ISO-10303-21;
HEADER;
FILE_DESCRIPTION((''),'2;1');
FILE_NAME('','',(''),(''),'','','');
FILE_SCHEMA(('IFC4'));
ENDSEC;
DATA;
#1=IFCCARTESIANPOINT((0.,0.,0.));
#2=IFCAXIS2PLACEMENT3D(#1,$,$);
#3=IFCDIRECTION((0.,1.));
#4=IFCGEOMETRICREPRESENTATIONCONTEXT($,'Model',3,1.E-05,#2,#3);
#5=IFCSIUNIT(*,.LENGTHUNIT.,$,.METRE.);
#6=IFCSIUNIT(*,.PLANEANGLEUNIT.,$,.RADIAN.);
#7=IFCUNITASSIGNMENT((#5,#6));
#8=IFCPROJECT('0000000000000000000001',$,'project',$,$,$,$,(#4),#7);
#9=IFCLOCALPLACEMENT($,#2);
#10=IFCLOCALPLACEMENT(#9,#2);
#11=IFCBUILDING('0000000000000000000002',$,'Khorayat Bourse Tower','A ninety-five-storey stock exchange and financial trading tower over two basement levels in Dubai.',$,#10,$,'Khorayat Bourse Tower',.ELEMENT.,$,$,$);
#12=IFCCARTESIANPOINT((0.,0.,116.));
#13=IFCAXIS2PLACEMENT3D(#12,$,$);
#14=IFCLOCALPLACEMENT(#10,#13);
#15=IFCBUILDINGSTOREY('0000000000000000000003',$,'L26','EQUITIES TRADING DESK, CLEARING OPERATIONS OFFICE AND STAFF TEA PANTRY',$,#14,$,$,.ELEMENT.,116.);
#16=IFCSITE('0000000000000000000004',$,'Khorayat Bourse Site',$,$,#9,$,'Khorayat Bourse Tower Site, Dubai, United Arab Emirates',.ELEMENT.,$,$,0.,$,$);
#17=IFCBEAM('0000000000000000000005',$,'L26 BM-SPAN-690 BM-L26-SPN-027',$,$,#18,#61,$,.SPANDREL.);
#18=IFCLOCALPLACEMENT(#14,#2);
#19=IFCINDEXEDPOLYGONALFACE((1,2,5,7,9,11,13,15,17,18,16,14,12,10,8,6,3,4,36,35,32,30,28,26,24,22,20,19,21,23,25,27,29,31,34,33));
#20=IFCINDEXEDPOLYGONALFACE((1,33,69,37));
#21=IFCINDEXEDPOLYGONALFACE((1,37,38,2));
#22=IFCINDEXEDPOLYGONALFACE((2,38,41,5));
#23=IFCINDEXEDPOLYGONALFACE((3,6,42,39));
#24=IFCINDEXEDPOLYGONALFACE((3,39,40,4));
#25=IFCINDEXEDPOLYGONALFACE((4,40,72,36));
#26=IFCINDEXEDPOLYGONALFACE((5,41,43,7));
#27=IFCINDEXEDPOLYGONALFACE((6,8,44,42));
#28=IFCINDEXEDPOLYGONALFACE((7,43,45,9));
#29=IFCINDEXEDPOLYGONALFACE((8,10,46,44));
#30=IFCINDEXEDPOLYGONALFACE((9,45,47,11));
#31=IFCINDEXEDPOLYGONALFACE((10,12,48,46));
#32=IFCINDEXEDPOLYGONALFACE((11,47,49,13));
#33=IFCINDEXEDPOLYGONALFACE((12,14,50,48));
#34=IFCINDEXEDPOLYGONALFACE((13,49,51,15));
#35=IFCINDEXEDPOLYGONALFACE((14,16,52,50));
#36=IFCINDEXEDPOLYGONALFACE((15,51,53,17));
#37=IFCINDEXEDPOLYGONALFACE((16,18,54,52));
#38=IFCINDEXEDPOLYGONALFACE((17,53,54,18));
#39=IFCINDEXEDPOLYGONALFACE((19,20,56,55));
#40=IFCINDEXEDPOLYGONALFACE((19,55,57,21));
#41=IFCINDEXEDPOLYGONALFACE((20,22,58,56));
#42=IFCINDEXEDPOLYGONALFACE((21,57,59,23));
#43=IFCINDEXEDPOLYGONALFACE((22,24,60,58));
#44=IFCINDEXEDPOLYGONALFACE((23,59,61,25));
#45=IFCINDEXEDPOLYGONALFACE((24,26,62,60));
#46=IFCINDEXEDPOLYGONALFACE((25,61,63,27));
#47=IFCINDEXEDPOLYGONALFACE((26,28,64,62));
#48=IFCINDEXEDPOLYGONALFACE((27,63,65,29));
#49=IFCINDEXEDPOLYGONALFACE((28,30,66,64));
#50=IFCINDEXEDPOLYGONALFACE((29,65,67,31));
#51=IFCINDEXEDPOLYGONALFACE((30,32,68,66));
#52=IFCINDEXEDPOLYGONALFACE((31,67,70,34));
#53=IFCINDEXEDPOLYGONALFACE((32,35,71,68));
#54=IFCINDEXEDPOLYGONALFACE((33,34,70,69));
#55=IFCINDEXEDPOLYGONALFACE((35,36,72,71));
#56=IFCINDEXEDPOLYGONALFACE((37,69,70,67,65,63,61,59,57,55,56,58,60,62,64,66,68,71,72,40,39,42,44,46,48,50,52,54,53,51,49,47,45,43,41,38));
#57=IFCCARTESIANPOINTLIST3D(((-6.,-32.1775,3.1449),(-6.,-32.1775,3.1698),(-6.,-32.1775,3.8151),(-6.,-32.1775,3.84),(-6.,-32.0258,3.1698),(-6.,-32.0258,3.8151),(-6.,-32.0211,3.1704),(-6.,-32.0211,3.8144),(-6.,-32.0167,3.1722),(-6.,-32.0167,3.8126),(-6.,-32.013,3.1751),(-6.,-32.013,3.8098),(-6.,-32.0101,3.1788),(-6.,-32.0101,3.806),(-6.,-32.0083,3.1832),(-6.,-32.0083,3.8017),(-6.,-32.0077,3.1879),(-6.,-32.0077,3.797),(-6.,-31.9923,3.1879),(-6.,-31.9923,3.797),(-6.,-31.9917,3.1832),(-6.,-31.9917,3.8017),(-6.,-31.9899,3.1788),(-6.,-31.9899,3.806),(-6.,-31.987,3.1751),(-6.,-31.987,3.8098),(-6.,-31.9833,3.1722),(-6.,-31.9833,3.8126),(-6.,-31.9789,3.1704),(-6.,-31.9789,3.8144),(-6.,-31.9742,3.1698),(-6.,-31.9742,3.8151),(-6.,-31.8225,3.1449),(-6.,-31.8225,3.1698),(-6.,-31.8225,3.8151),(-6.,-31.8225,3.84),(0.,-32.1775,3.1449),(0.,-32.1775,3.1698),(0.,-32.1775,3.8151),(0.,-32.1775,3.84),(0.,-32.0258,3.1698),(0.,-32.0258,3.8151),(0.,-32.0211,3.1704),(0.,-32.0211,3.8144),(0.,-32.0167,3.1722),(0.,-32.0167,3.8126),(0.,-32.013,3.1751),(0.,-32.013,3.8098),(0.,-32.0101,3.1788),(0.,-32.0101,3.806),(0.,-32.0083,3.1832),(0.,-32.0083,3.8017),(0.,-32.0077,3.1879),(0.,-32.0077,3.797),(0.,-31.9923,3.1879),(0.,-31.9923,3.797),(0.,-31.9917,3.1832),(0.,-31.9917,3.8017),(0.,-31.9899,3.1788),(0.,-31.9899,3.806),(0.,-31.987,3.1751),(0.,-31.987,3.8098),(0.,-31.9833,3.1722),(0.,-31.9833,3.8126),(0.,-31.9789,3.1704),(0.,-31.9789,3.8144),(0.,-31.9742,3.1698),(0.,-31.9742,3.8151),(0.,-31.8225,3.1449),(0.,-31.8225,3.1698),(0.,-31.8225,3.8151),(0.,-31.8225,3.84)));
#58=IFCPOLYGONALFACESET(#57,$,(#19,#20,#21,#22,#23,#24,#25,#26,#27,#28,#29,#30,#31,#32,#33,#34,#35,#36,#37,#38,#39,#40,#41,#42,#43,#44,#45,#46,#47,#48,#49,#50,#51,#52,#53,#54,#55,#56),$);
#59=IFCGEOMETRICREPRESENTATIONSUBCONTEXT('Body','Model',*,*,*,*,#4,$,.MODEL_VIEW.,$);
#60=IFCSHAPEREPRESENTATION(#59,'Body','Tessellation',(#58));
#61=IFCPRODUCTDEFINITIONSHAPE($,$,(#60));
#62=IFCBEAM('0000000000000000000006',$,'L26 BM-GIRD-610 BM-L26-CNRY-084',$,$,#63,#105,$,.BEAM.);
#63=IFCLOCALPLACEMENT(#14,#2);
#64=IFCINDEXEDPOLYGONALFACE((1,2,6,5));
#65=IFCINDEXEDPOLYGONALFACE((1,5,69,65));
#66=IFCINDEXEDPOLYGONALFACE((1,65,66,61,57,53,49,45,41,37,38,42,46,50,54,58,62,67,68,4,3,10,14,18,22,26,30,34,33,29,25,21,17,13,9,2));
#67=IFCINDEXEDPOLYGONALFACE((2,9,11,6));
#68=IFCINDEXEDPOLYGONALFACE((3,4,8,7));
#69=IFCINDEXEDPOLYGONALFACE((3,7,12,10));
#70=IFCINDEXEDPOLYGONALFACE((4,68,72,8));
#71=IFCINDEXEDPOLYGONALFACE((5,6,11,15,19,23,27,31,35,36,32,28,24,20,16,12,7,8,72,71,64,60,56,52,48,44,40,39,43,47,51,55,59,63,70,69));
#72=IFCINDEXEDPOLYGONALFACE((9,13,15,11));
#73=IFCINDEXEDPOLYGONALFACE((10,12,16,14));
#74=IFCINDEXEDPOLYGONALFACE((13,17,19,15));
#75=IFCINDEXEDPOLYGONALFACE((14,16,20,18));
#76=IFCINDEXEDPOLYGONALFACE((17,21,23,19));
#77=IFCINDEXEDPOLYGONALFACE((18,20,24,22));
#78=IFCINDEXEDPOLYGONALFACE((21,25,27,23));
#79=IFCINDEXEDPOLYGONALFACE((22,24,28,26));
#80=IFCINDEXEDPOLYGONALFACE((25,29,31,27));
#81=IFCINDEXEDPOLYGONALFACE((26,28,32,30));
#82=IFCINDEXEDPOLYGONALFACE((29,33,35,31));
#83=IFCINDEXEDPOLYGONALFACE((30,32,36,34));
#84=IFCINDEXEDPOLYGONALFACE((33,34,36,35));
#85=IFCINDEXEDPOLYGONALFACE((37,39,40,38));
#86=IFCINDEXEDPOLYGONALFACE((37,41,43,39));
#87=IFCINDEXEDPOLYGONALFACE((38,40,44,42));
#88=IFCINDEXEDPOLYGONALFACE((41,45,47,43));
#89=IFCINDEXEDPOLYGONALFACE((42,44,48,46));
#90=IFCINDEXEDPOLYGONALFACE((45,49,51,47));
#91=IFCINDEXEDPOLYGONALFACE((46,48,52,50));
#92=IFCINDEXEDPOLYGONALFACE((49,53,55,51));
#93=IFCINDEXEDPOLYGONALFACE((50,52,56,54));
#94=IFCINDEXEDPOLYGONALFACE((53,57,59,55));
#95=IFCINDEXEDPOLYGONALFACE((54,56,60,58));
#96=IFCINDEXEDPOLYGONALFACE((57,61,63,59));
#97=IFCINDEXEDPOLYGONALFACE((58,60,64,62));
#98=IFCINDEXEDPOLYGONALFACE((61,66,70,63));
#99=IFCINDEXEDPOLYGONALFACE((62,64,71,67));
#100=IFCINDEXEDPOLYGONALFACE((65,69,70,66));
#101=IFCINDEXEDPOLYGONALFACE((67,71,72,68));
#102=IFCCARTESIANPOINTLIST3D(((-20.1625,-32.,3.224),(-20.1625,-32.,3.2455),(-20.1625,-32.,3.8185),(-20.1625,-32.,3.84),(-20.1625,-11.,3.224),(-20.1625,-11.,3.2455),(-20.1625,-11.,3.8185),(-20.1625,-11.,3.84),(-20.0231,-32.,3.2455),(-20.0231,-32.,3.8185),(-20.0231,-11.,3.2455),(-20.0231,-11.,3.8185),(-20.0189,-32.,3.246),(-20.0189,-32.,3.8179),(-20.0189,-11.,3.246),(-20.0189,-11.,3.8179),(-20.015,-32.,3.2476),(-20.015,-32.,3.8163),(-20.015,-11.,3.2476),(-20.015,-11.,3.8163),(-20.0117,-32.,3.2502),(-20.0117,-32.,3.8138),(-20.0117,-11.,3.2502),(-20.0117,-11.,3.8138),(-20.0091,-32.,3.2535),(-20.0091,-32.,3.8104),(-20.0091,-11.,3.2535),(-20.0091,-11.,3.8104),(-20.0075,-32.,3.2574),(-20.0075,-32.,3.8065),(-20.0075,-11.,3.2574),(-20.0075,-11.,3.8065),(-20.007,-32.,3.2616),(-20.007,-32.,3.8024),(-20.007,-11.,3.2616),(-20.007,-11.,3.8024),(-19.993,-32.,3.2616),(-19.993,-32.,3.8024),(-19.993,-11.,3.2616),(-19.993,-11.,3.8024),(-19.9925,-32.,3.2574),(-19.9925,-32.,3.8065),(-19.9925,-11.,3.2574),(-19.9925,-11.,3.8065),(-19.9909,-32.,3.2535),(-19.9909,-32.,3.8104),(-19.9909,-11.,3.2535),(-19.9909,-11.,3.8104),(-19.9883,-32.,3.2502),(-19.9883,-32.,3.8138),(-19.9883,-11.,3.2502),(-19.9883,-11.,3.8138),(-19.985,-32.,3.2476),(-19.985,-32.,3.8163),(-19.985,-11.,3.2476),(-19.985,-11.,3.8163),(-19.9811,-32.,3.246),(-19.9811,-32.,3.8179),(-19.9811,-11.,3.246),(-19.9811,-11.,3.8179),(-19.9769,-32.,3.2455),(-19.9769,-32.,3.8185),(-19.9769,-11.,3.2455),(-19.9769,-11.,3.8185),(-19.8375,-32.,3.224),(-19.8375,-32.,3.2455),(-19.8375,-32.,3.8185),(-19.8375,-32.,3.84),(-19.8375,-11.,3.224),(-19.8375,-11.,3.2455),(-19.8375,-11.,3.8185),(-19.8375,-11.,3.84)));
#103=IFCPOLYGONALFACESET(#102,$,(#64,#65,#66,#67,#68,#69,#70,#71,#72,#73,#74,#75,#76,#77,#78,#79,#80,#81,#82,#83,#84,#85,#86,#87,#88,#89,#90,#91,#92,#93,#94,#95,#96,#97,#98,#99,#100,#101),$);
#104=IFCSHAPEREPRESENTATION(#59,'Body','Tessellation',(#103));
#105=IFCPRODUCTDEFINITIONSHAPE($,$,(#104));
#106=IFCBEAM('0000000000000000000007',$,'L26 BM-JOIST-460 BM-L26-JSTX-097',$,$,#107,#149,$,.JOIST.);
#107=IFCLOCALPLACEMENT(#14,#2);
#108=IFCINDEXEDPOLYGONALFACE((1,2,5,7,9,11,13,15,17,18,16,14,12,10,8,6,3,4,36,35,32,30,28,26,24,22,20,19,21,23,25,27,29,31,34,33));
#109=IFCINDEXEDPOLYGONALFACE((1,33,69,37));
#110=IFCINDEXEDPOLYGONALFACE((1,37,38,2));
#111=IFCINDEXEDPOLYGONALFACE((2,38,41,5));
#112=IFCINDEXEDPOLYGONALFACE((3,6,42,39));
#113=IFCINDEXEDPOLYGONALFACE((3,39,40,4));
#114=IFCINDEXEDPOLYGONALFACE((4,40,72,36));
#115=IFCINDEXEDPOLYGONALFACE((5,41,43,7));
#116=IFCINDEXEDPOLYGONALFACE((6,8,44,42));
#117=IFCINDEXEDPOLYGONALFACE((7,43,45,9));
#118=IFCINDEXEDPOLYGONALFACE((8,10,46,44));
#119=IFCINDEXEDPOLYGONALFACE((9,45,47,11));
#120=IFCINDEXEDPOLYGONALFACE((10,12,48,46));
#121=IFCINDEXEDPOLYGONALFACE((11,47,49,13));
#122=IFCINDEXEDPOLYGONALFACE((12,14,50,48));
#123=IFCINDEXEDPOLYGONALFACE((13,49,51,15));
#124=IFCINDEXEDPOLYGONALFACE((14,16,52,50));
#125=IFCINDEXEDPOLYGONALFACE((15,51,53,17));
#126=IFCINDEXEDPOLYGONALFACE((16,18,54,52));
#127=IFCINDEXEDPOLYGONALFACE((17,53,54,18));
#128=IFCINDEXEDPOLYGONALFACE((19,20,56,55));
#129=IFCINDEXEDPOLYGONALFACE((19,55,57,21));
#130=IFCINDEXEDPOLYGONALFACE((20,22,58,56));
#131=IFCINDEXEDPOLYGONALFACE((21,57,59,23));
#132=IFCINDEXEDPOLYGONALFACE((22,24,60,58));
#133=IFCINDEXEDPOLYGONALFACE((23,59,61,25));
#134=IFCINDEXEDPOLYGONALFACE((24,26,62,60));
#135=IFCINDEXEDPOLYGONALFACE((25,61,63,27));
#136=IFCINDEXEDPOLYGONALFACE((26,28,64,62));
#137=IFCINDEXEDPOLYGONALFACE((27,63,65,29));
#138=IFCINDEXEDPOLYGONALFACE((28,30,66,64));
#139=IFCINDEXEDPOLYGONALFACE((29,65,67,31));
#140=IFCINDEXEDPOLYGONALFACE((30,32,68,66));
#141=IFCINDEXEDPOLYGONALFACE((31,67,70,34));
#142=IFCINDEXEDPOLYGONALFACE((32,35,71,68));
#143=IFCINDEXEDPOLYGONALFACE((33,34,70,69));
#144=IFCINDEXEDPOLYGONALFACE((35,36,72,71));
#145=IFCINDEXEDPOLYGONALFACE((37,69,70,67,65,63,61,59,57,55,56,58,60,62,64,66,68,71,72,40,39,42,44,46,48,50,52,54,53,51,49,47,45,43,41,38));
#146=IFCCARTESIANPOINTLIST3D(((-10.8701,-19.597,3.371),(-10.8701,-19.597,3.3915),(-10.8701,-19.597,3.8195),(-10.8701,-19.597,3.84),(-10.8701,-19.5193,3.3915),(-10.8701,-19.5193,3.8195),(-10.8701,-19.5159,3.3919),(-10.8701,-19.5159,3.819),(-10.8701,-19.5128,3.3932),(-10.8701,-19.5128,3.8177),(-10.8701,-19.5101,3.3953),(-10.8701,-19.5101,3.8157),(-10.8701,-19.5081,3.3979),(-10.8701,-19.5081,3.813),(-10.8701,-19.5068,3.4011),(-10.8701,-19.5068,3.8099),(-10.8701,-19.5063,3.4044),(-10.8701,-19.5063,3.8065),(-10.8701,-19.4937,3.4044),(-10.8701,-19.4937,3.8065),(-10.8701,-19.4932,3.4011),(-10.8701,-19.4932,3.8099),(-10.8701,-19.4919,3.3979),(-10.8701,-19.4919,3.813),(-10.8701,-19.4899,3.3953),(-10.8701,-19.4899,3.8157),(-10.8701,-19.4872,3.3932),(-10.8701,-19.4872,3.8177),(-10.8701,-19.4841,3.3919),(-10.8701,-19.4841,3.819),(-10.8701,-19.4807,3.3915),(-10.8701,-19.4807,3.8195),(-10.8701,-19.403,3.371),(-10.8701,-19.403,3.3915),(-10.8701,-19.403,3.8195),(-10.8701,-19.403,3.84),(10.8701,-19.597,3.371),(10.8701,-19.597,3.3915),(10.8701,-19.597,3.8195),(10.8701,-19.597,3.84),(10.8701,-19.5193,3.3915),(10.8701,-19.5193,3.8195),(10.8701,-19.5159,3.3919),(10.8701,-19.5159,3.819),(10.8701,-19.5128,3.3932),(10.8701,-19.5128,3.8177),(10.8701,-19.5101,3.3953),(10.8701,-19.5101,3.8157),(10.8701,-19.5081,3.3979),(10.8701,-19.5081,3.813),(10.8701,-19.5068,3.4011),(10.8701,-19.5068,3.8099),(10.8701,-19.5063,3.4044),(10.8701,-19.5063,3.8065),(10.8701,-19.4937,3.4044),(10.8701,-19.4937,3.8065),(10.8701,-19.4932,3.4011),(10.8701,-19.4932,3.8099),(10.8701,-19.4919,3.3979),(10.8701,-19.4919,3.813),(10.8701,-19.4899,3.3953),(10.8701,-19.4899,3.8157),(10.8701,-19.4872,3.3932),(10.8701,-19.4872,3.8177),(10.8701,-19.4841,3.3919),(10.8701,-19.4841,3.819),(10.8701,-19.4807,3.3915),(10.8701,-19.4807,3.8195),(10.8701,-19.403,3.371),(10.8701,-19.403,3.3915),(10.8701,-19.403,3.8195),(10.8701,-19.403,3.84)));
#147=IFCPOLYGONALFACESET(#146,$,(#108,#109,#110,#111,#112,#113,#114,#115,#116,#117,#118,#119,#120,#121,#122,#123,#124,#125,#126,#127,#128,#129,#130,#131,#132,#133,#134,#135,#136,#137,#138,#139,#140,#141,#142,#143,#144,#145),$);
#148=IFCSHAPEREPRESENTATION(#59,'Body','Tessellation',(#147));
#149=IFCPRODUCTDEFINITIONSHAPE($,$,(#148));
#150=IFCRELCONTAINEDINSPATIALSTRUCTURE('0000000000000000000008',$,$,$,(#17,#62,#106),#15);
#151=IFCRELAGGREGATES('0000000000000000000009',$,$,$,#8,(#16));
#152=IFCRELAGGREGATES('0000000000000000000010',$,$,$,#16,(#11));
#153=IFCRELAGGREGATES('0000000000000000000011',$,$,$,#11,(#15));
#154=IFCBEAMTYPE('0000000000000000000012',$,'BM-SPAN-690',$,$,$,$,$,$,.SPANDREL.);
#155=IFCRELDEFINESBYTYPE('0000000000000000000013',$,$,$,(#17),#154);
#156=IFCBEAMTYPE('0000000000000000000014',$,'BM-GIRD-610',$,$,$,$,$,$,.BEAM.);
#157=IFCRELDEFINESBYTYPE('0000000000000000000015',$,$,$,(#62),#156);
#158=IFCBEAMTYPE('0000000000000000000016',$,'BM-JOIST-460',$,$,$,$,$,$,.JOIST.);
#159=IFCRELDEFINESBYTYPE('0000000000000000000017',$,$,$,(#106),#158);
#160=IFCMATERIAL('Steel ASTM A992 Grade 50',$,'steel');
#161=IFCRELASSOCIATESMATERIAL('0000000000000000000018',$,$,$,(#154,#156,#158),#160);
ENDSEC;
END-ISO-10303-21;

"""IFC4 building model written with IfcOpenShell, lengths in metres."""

from ifc_helpers import new_model, si_unit, direction, frame, origin, origin_2d, place, context, subcontext, project, spatial, i_section, extrude, source, transform, mapped, material, material_profile, profile_set, type_object, element, save


model = new_model("IFC4")

# Units and contexts
model_context = context("Model", 3, precision=1e-05, world=origin(), true_north=direction((0.0, 1.0)))
body_context = subcontext(model_context, "Body", "Model", "MODEL_VIEW")
ifc_project = project(units=[si_unit("LENGTHUNIT", "METRE"), si_unit("PLANEANGLEUNIT", "RADIAN")], contexts=[model_context])

# Site, building, storey
site_placement = place(None, origin())
site = spatial("IfcSite", under=ifc_project, at=site_placement, Name="Khorayat Bourse Site", LongName="Khorayat Bourse Tower Site, Dubai, United Arab Emirates", CompositionType="ELEMENT", RefElevation=0.0)
building_placement = place(site_placement, origin())
building = spatial("IfcBuilding", under=site, at=building_placement, Name="Khorayat Bourse Tower", Description="A ninety-five-storey stock exchange and financial trading tower over two basement levels in Dubai.", LongName="Khorayat Bourse Tower", CompositionType="ELEMENT")
storey_placement = place(building_placement, frame((0.0, 0.0, 116.0)))
storey = spatial("IfcBuildingStorey", under=building, at=storey_placement, Name="L26", Description="EQUITIES TRADING DESK, CLEARING OPERATIONS OFFICE AND STAFF TEA PANTRY", CompositionType="ELEMENT", Elevation=116.0)

# Beams
ifc_material_1 = material(Name="Steel ASTM A992 Grade 50", Category="steel")
ifc_material_profile_1 = material_profile(ifc_material_1, i_section(OverallWidth=0.355, OverallDepth=0.6951, WebThickness=0.0154, FlangeThickness=0.0249, FilletRadius=0.0181, at=origin_2d()), Name="W690X217")
ifc_profile_set_1 = profile_set([ifc_material_profile_1], Name="Steel ASTM A992 Grade 50")
beam_type_1 = type_object("IfcBeamType", Name="BM-SPAN-690", PredefinedType="SPANDREL", material=ifc_profile_set_1)
shared_shape_1 = source(origin(), body_context, "Body", "SweptSolid", [
    extrude(i_section(OverallWidth=0.355, OverallDepth=0.6951, WebThickness=0.0154, FlangeThickness=0.0249, FilletRadius=0.0181, at=origin_2d()), origin(), (0.0, 0.0, 1.0), 6.0),
])
beam_1_placement = place(storey_placement, frame((-6.0, -32.0, 3.4924), z_axis=(1.0, 0.0, 0.0), x_axis=(0.0, 1.0, 0.0)))
element("IfcBeam", 1, at=beam_1_placement, inside=storey, type_object=beam_type_1, Name="L26 BM-SPAN-690 BM-L26-SPN-027", PredefinedType="SPANDREL", context=body_context, shape_type="MappedRepresentation", body=[
    mapped(shared_shape_1, transform((0.0, 0.0, 0.0), scale=1.0)),
])
ifc_material_profile_2 = material_profile(ifc_material_1, i_section(OverallWidth=0.325, OverallDepth=0.616, WebThickness=0.0139, FlangeThickness=0.0215, FilletRadius=0.0161, at=origin_2d()), Name="W610X174")
ifc_profile_set_2 = profile_set([ifc_material_profile_2], Name="Steel ASTM A992 Grade 50")
beam_type_2 = type_object("IfcBeamType", Name="BM-GIRD-610", PredefinedType="BEAM", material=ifc_profile_set_2)
shared_shape_2 = source(origin(), body_context, "Body", "SweptSolid", [
    extrude(i_section(OverallWidth=0.325, OverallDepth=0.616, WebThickness=0.0139, FlangeThickness=0.0215, FilletRadius=0.0161, at=origin_2d()), origin(), (0.0, 0.0, 1.0), 21.0),
])
beam_2_placement = place(storey_placement, frame((-20.0, -32.0, 3.532), z_axis=(0.0, 1.0, 0.0), x_axis=(-1.0, 0.0, 0.0)))
element("IfcBeam", 2, at=beam_2_placement, inside=storey, type_object=beam_type_2, Name="L26 BM-GIRD-610 BM-L26-CNRY-084", PredefinedType="BEAM", context=body_context, shape_type="MappedRepresentation", body=[
    mapped(shared_shape_2, transform((0.0, 0.0, 0.0), scale=1.0)),
])
ifc_material_profile_3 = material_profile(ifc_material_1, i_section(OverallWidth=0.1941, OverallDepth=0.469, WebThickness=0.0127, FlangeThickness=0.0205, FilletRadius=0.0129, at=origin_2d()), Name="W460X106")
ifc_profile_set_3 = profile_set([ifc_material_profile_3], Name="Steel ASTM A992 Grade 50")
beam_type_3 = type_object("IfcBeamType", Name="BM-JOIST-460", PredefinedType="JOIST", material=ifc_profile_set_3)
shared_shape_3 = source(origin(), body_context, "Body", "SweptSolid", [
    extrude(i_section(OverallWidth=0.1941, OverallDepth=0.469, WebThickness=0.0127, FlangeThickness=0.0205, FilletRadius=0.0129, at=origin_2d()), origin(), (0.0, 0.0, 1.0), 21.7402),
])
beam_3_placement = place(storey_placement, frame((-10.8701, -19.5, 3.6055), z_axis=(1.0, 0.0, 0.0), x_axis=(0.0, 1.0, 0.0)))
element("IfcBeam", 3, at=beam_3_placement, inside=storey, type_object=beam_type_3, Name="L26 BM-JOIST-460 BM-L26-JSTX-097", PredefinedType="JOIST", context=body_context, shape_type="MappedRepresentation", body=[
    mapped(shared_shape_3, transform((0.0, 0.0, 0.0), scale=1.0)),
])

save(model, "model.ifc")
